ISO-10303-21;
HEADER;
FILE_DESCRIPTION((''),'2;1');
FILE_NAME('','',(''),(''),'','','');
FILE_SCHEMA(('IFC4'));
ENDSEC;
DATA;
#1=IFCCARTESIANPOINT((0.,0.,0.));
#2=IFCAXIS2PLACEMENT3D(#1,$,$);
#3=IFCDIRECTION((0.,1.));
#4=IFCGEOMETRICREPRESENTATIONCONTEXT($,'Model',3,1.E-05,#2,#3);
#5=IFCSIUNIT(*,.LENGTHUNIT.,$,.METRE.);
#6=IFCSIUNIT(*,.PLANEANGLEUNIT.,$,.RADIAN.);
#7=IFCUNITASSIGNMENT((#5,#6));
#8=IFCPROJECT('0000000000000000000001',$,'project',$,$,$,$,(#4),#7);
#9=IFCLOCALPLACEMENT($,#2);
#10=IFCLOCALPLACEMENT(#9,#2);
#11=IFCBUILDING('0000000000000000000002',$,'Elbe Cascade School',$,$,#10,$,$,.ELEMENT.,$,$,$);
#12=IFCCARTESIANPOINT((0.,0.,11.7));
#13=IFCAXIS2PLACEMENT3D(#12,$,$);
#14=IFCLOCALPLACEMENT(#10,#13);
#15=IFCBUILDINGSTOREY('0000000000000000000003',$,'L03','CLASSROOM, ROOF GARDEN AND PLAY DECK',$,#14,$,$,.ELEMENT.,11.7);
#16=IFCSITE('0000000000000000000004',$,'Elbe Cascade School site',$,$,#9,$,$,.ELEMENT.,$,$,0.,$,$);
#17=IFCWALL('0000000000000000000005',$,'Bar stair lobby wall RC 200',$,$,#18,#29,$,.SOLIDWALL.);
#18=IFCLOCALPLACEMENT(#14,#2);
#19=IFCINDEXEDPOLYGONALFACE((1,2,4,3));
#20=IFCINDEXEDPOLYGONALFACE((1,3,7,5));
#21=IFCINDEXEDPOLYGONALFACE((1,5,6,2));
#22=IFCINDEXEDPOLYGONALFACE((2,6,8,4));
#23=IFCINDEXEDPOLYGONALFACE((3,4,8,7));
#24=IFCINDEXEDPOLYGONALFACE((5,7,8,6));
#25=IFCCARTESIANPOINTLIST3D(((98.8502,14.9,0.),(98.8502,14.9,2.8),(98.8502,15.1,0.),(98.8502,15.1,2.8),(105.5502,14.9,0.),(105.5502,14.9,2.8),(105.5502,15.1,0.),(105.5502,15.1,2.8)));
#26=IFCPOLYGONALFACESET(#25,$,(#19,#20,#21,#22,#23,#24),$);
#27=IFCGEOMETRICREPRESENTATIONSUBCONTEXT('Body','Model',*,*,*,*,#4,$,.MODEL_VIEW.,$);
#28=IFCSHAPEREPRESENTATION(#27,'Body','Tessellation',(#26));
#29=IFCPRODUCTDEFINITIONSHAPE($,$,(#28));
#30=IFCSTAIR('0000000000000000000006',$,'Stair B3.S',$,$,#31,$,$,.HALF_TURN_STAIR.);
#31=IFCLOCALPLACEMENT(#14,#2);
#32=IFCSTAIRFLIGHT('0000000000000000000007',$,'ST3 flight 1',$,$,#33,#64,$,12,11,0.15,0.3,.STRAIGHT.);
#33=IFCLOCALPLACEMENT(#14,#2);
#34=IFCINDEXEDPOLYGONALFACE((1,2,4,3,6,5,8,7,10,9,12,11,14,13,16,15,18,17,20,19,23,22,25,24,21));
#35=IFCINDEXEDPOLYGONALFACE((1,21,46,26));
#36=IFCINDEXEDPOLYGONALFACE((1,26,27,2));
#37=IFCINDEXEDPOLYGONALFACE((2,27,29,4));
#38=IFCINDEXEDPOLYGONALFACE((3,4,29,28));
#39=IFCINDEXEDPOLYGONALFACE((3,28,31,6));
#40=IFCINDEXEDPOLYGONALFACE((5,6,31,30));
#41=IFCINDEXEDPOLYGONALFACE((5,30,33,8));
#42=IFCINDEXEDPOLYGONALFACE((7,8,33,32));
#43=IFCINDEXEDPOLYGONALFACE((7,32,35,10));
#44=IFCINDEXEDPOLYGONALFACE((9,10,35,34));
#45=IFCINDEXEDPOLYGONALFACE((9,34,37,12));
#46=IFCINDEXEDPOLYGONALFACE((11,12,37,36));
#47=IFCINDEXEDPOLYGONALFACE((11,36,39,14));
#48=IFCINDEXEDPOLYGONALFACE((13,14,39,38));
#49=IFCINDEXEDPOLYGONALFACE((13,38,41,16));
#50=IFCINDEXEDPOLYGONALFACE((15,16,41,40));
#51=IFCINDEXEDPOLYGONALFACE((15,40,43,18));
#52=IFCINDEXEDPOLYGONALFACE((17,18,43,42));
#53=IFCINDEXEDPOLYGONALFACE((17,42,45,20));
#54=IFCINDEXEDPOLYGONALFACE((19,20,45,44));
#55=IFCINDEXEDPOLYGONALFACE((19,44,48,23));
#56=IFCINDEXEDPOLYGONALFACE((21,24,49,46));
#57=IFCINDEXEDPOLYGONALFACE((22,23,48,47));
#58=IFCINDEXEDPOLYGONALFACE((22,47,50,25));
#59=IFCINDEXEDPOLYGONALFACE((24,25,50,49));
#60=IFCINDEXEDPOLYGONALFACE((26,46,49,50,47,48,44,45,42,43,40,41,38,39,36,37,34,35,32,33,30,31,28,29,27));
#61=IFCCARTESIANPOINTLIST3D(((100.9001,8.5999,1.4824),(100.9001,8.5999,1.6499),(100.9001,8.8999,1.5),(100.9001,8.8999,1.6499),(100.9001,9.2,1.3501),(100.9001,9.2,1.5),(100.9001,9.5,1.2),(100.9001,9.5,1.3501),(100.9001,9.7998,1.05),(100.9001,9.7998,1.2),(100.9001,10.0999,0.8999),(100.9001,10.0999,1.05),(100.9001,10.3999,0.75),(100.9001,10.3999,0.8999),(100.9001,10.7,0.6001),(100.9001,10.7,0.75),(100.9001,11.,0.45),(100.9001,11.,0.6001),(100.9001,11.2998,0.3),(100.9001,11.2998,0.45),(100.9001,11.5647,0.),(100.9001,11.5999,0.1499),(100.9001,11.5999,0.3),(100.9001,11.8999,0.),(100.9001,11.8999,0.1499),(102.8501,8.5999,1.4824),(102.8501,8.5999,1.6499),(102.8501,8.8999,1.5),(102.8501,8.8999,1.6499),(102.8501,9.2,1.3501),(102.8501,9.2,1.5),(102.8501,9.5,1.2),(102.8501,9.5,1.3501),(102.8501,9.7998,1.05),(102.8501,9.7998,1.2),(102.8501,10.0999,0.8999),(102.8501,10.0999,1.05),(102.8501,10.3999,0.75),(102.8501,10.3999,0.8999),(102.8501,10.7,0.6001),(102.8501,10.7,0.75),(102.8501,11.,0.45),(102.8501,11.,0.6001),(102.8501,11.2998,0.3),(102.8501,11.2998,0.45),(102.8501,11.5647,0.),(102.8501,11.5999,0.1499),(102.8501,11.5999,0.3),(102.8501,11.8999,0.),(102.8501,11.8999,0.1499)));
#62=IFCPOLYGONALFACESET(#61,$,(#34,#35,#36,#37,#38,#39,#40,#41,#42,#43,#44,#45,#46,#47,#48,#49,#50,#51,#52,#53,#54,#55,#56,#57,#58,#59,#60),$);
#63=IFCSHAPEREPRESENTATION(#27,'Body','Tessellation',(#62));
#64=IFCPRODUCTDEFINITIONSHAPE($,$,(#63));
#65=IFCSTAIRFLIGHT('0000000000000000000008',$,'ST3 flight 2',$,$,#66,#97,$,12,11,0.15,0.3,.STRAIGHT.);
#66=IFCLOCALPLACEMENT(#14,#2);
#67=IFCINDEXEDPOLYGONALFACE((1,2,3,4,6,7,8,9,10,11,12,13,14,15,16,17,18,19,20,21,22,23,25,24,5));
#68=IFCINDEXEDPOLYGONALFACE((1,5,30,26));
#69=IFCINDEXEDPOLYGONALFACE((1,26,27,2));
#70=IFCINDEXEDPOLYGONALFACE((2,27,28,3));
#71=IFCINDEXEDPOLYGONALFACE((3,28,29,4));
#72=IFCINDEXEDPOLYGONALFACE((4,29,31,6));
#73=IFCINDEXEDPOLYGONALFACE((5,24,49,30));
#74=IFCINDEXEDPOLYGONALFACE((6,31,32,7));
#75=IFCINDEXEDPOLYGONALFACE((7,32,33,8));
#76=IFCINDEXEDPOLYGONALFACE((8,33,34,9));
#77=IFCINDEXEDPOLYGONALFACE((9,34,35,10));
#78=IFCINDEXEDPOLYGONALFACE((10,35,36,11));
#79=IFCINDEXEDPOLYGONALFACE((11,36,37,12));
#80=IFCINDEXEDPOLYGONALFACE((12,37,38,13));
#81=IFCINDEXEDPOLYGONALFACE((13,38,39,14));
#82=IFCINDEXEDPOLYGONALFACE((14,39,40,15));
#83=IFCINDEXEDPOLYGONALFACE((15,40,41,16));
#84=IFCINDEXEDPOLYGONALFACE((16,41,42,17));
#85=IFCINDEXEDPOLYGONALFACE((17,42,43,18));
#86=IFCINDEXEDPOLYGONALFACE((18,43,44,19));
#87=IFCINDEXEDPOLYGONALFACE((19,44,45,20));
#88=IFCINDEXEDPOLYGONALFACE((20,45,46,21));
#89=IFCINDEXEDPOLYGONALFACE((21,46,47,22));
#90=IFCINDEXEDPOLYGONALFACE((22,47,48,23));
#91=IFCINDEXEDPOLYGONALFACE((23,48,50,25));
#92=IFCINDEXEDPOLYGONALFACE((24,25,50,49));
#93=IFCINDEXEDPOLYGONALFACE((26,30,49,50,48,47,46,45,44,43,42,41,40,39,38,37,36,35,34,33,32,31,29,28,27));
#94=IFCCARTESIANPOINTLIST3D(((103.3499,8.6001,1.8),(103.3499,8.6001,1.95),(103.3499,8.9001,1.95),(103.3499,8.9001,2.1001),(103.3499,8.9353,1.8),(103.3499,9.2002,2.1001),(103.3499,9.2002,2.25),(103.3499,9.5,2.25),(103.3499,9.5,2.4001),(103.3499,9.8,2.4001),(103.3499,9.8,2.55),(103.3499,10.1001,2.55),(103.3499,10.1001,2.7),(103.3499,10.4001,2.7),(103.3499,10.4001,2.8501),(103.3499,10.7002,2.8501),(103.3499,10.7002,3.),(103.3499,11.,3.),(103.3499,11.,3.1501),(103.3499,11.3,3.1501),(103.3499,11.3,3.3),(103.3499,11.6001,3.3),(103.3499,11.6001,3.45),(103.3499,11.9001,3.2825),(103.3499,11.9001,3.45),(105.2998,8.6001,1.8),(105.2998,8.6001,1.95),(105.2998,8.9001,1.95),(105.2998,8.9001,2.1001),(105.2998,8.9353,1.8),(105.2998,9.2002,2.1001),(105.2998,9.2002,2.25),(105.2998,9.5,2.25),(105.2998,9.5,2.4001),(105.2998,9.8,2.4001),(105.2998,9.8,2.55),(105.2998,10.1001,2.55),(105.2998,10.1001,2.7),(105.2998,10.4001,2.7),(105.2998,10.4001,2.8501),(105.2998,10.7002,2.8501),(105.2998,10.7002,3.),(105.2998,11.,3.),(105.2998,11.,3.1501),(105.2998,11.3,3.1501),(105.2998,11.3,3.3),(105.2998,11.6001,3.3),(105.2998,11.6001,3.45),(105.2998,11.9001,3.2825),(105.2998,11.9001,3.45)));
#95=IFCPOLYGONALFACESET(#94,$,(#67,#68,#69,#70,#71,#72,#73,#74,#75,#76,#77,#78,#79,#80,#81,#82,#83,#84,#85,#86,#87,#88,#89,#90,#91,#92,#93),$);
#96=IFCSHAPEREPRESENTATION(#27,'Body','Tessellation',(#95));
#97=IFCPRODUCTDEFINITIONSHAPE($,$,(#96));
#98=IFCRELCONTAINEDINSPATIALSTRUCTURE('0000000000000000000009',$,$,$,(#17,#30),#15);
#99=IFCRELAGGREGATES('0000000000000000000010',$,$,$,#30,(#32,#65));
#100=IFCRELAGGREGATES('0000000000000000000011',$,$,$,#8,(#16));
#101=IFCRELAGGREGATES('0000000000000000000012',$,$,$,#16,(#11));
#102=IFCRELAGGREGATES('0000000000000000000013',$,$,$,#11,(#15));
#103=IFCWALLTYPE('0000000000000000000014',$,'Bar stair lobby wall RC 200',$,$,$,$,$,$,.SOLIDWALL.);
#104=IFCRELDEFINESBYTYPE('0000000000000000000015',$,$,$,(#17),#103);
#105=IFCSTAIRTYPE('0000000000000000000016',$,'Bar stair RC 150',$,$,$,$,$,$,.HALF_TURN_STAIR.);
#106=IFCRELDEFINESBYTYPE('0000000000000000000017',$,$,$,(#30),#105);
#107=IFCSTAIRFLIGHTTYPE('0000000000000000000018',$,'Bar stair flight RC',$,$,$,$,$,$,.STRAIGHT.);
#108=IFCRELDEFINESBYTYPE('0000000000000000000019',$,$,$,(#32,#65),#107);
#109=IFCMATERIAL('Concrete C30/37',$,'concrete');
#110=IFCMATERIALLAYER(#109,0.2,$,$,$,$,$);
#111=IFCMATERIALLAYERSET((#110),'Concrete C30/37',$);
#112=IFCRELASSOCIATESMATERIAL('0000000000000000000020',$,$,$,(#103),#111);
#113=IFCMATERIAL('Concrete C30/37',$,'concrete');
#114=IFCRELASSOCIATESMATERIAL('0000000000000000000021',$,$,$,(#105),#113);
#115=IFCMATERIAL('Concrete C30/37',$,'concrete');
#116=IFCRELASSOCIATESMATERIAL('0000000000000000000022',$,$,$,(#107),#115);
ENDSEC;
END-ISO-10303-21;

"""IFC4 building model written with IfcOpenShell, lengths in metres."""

from ifc_helpers import new_model, si_unit, direction, frame, frame_2d, origin, place, context, subcontext, project, spatial, polyline, rectangle, outline, extrude, material, layer, layer_set, type_object, element, aggregate, save


model = new_model("IFC4")

# Units and contexts
model_context = context("Model", 3, precision=1e-05, world=origin(), true_north=direction((0.0, 1.0)))
body_context = subcontext(model_context, "Body", "Model", "MODEL_VIEW")
ifc_project = project(units=[si_unit("LENGTHUNIT", "METRE"), si_unit("PLANEANGLEUNIT", "RADIAN")], contexts=[model_context])

# Site, building, storey
site_placement = place(None, origin())
site = spatial("IfcSite", under=ifc_project, at=site_placement, Name="Elbe Cascade School site", CompositionType="ELEMENT", RefElevation=0.0)
building_placement = place(site_placement, origin())
building = spatial("IfcBuilding", under=site, at=building_placement, Name="Elbe Cascade School", CompositionType="ELEMENT")
storey_placement = place(building_placement, frame((0.0, 0.0, 11.7)))
storey = spatial("IfcBuildingStorey", under=building, at=storey_placement, Name="L03", Description="CLASSROOM, ROOF GARDEN AND PLAY DECK", CompositionType="ELEMENT", Elevation=11.7)

# Shared definitions
ifc_material_1 = material(Name="Concrete C30/37", Category="concrete")
ifc_layer_1 = layer(ifc_material_1, 0.2)
ifc_layer_set_1 = layer_set([ifc_layer_1], Name="Concrete C30/37")
wall_type_1 = type_object("IfcWallType", Name="Bar stair lobby wall RC 200", PredefinedType="SOLIDWALL", material=ifc_layer_set_1)

# Wall
wall_1_placement = place(storey_placement, frame((98.8501, 15.0, 0.0), z_axis=(0.0, 0.0, 1.0), x_axis=(1.0, 0.0, 0.0)))
element("IfcWall", 1, at=wall_1_placement, inside=storey, type_object=wall_type_1, Name="Bar stair lobby wall RC 200", PredefinedType="SOLIDWALL", context=body_context, shape_type="SweptSolid", body=[
    extrude(rectangle(XDim=6.7, YDim=0.2, at=frame_2d((3.3501, 0.0))), origin(), (0.0, 0.0, 1.0), 2.8),
])

# Stair, stair flights
ifc_material_2 = material(Name="Concrete C30/37", Category="concrete")
stair_type = type_object("IfcStairType", Name="Bar stair RC 150", PredefinedType="HALF_TURN_STAIR", material=ifc_material_2)
stair_placement = place(storey_placement, origin())
stair = element("IfcStair", 2, at=stair_placement, inside=storey, type_object=stair_type, Name="Stair B3.S", PredefinedType="HALF_TURN_STAIR")
ifc_material_3 = material(Name="Concrete C30/37", Category="concrete")
stair_flight_type = type_object("IfcStairFlightType", Name="Bar stair flight RC", PredefinedType="STRAIGHT", material=ifc_material_3)
stair_flight_1_placement = place(storey_placement, frame((101.875, 11.8999, 0.0), z_axis=(0.0, 0.0, 1.0), x_axis=(0.0, -1.0, 0.0)))
stair_flight_1 = element("IfcStairFlight", 3, at=stair_flight_1_placement, type_object=stair_flight_type, Name="ST3 flight 1", NumberOfRisers=12, NumberOfTreads=11, PredefinedType="STRAIGHT", RiserHeight=0.15, TreadLength=0.3, context=body_context, shape_type="SweptSolid", body=[
    extrude(outline(polyline([(0.0, 0.0), (0.0, 0.1499), (0.3, 0.1499), (0.3, 0.3), (0.6001, 0.3), (0.6001, 0.45), (0.8999, 0.45), (0.8999, 0.6001), (1.2, 0.6001), (1.2, 0.75), (1.5, 0.75), (1.5, 0.8999), (1.8, 0.8999), (1.8, 1.05), (2.1001, 1.05), (2.1001, 1.2), (2.3999, 1.2), (2.3999, 1.3501), (2.7, 1.3501), (2.7, 1.5), (3.0, 1.5), (3.0, 1.6499), (3.3, 1.6499), (3.3, 1.8), (3.3, 1.4824), (0.3352, 0.0), (0.0, 0.0)])), frame((0.0, 0.9751, 0.0), z_axis=(0.0, -1.0, 0.0), x_axis=(1.0, 0.0, 0.0)), (0.0, 0.0, 1.0), 1.95),
])
stair_flight_2_placement = place(storey_placement, frame((104.325, 8.6001, 1.8), z_axis=(0.0, 0.0, 1.0), x_axis=(0.0, 1.0, 0.0)))
stair_flight_2 = element("IfcStairFlight", 4, at=stair_flight_2_placement, type_object=stair_flight_type, Name="ST3 flight 2", NumberOfRisers=12, NumberOfTreads=11, PredefinedType="STRAIGHT", RiserHeight=0.15, TreadLength=0.3, context=body_context, shape_type="SweptSolid", body=[
    extrude(outline(polyline([(0.0, 0.0), (0.0, 0.1499), (0.3, 0.1499), (0.3, 0.3), (0.6001, 0.3), (0.6001, 0.45), (0.8999, 0.45), (0.8999, 0.6001), (1.2, 0.6001), (1.2, 0.75), (1.5, 0.75), (1.5, 0.8999), (1.8, 0.8999), (1.8, 1.05), (2.1001, 1.05), (2.1001, 1.2), (2.3999, 1.2), (2.3999, 1.3501), (2.7, 1.3501), (2.7, 1.5), (3.0, 1.5), (3.0, 1.6499), (3.3, 1.6499), (3.3, 1.8), (3.3, 1.4824), (0.3352, 0.0), (0.0, 0.0)])), frame((0.0, 0.9751, 0.0), z_axis=(0.0, -1.0, 0.0), x_axis=(1.0, 0.0, 0.0)), (0.0, 0.0, 1.0), 1.95),
])
aggregate(stair, [stair_flight_1, stair_flight_2])

save(model, "model.ifc")
